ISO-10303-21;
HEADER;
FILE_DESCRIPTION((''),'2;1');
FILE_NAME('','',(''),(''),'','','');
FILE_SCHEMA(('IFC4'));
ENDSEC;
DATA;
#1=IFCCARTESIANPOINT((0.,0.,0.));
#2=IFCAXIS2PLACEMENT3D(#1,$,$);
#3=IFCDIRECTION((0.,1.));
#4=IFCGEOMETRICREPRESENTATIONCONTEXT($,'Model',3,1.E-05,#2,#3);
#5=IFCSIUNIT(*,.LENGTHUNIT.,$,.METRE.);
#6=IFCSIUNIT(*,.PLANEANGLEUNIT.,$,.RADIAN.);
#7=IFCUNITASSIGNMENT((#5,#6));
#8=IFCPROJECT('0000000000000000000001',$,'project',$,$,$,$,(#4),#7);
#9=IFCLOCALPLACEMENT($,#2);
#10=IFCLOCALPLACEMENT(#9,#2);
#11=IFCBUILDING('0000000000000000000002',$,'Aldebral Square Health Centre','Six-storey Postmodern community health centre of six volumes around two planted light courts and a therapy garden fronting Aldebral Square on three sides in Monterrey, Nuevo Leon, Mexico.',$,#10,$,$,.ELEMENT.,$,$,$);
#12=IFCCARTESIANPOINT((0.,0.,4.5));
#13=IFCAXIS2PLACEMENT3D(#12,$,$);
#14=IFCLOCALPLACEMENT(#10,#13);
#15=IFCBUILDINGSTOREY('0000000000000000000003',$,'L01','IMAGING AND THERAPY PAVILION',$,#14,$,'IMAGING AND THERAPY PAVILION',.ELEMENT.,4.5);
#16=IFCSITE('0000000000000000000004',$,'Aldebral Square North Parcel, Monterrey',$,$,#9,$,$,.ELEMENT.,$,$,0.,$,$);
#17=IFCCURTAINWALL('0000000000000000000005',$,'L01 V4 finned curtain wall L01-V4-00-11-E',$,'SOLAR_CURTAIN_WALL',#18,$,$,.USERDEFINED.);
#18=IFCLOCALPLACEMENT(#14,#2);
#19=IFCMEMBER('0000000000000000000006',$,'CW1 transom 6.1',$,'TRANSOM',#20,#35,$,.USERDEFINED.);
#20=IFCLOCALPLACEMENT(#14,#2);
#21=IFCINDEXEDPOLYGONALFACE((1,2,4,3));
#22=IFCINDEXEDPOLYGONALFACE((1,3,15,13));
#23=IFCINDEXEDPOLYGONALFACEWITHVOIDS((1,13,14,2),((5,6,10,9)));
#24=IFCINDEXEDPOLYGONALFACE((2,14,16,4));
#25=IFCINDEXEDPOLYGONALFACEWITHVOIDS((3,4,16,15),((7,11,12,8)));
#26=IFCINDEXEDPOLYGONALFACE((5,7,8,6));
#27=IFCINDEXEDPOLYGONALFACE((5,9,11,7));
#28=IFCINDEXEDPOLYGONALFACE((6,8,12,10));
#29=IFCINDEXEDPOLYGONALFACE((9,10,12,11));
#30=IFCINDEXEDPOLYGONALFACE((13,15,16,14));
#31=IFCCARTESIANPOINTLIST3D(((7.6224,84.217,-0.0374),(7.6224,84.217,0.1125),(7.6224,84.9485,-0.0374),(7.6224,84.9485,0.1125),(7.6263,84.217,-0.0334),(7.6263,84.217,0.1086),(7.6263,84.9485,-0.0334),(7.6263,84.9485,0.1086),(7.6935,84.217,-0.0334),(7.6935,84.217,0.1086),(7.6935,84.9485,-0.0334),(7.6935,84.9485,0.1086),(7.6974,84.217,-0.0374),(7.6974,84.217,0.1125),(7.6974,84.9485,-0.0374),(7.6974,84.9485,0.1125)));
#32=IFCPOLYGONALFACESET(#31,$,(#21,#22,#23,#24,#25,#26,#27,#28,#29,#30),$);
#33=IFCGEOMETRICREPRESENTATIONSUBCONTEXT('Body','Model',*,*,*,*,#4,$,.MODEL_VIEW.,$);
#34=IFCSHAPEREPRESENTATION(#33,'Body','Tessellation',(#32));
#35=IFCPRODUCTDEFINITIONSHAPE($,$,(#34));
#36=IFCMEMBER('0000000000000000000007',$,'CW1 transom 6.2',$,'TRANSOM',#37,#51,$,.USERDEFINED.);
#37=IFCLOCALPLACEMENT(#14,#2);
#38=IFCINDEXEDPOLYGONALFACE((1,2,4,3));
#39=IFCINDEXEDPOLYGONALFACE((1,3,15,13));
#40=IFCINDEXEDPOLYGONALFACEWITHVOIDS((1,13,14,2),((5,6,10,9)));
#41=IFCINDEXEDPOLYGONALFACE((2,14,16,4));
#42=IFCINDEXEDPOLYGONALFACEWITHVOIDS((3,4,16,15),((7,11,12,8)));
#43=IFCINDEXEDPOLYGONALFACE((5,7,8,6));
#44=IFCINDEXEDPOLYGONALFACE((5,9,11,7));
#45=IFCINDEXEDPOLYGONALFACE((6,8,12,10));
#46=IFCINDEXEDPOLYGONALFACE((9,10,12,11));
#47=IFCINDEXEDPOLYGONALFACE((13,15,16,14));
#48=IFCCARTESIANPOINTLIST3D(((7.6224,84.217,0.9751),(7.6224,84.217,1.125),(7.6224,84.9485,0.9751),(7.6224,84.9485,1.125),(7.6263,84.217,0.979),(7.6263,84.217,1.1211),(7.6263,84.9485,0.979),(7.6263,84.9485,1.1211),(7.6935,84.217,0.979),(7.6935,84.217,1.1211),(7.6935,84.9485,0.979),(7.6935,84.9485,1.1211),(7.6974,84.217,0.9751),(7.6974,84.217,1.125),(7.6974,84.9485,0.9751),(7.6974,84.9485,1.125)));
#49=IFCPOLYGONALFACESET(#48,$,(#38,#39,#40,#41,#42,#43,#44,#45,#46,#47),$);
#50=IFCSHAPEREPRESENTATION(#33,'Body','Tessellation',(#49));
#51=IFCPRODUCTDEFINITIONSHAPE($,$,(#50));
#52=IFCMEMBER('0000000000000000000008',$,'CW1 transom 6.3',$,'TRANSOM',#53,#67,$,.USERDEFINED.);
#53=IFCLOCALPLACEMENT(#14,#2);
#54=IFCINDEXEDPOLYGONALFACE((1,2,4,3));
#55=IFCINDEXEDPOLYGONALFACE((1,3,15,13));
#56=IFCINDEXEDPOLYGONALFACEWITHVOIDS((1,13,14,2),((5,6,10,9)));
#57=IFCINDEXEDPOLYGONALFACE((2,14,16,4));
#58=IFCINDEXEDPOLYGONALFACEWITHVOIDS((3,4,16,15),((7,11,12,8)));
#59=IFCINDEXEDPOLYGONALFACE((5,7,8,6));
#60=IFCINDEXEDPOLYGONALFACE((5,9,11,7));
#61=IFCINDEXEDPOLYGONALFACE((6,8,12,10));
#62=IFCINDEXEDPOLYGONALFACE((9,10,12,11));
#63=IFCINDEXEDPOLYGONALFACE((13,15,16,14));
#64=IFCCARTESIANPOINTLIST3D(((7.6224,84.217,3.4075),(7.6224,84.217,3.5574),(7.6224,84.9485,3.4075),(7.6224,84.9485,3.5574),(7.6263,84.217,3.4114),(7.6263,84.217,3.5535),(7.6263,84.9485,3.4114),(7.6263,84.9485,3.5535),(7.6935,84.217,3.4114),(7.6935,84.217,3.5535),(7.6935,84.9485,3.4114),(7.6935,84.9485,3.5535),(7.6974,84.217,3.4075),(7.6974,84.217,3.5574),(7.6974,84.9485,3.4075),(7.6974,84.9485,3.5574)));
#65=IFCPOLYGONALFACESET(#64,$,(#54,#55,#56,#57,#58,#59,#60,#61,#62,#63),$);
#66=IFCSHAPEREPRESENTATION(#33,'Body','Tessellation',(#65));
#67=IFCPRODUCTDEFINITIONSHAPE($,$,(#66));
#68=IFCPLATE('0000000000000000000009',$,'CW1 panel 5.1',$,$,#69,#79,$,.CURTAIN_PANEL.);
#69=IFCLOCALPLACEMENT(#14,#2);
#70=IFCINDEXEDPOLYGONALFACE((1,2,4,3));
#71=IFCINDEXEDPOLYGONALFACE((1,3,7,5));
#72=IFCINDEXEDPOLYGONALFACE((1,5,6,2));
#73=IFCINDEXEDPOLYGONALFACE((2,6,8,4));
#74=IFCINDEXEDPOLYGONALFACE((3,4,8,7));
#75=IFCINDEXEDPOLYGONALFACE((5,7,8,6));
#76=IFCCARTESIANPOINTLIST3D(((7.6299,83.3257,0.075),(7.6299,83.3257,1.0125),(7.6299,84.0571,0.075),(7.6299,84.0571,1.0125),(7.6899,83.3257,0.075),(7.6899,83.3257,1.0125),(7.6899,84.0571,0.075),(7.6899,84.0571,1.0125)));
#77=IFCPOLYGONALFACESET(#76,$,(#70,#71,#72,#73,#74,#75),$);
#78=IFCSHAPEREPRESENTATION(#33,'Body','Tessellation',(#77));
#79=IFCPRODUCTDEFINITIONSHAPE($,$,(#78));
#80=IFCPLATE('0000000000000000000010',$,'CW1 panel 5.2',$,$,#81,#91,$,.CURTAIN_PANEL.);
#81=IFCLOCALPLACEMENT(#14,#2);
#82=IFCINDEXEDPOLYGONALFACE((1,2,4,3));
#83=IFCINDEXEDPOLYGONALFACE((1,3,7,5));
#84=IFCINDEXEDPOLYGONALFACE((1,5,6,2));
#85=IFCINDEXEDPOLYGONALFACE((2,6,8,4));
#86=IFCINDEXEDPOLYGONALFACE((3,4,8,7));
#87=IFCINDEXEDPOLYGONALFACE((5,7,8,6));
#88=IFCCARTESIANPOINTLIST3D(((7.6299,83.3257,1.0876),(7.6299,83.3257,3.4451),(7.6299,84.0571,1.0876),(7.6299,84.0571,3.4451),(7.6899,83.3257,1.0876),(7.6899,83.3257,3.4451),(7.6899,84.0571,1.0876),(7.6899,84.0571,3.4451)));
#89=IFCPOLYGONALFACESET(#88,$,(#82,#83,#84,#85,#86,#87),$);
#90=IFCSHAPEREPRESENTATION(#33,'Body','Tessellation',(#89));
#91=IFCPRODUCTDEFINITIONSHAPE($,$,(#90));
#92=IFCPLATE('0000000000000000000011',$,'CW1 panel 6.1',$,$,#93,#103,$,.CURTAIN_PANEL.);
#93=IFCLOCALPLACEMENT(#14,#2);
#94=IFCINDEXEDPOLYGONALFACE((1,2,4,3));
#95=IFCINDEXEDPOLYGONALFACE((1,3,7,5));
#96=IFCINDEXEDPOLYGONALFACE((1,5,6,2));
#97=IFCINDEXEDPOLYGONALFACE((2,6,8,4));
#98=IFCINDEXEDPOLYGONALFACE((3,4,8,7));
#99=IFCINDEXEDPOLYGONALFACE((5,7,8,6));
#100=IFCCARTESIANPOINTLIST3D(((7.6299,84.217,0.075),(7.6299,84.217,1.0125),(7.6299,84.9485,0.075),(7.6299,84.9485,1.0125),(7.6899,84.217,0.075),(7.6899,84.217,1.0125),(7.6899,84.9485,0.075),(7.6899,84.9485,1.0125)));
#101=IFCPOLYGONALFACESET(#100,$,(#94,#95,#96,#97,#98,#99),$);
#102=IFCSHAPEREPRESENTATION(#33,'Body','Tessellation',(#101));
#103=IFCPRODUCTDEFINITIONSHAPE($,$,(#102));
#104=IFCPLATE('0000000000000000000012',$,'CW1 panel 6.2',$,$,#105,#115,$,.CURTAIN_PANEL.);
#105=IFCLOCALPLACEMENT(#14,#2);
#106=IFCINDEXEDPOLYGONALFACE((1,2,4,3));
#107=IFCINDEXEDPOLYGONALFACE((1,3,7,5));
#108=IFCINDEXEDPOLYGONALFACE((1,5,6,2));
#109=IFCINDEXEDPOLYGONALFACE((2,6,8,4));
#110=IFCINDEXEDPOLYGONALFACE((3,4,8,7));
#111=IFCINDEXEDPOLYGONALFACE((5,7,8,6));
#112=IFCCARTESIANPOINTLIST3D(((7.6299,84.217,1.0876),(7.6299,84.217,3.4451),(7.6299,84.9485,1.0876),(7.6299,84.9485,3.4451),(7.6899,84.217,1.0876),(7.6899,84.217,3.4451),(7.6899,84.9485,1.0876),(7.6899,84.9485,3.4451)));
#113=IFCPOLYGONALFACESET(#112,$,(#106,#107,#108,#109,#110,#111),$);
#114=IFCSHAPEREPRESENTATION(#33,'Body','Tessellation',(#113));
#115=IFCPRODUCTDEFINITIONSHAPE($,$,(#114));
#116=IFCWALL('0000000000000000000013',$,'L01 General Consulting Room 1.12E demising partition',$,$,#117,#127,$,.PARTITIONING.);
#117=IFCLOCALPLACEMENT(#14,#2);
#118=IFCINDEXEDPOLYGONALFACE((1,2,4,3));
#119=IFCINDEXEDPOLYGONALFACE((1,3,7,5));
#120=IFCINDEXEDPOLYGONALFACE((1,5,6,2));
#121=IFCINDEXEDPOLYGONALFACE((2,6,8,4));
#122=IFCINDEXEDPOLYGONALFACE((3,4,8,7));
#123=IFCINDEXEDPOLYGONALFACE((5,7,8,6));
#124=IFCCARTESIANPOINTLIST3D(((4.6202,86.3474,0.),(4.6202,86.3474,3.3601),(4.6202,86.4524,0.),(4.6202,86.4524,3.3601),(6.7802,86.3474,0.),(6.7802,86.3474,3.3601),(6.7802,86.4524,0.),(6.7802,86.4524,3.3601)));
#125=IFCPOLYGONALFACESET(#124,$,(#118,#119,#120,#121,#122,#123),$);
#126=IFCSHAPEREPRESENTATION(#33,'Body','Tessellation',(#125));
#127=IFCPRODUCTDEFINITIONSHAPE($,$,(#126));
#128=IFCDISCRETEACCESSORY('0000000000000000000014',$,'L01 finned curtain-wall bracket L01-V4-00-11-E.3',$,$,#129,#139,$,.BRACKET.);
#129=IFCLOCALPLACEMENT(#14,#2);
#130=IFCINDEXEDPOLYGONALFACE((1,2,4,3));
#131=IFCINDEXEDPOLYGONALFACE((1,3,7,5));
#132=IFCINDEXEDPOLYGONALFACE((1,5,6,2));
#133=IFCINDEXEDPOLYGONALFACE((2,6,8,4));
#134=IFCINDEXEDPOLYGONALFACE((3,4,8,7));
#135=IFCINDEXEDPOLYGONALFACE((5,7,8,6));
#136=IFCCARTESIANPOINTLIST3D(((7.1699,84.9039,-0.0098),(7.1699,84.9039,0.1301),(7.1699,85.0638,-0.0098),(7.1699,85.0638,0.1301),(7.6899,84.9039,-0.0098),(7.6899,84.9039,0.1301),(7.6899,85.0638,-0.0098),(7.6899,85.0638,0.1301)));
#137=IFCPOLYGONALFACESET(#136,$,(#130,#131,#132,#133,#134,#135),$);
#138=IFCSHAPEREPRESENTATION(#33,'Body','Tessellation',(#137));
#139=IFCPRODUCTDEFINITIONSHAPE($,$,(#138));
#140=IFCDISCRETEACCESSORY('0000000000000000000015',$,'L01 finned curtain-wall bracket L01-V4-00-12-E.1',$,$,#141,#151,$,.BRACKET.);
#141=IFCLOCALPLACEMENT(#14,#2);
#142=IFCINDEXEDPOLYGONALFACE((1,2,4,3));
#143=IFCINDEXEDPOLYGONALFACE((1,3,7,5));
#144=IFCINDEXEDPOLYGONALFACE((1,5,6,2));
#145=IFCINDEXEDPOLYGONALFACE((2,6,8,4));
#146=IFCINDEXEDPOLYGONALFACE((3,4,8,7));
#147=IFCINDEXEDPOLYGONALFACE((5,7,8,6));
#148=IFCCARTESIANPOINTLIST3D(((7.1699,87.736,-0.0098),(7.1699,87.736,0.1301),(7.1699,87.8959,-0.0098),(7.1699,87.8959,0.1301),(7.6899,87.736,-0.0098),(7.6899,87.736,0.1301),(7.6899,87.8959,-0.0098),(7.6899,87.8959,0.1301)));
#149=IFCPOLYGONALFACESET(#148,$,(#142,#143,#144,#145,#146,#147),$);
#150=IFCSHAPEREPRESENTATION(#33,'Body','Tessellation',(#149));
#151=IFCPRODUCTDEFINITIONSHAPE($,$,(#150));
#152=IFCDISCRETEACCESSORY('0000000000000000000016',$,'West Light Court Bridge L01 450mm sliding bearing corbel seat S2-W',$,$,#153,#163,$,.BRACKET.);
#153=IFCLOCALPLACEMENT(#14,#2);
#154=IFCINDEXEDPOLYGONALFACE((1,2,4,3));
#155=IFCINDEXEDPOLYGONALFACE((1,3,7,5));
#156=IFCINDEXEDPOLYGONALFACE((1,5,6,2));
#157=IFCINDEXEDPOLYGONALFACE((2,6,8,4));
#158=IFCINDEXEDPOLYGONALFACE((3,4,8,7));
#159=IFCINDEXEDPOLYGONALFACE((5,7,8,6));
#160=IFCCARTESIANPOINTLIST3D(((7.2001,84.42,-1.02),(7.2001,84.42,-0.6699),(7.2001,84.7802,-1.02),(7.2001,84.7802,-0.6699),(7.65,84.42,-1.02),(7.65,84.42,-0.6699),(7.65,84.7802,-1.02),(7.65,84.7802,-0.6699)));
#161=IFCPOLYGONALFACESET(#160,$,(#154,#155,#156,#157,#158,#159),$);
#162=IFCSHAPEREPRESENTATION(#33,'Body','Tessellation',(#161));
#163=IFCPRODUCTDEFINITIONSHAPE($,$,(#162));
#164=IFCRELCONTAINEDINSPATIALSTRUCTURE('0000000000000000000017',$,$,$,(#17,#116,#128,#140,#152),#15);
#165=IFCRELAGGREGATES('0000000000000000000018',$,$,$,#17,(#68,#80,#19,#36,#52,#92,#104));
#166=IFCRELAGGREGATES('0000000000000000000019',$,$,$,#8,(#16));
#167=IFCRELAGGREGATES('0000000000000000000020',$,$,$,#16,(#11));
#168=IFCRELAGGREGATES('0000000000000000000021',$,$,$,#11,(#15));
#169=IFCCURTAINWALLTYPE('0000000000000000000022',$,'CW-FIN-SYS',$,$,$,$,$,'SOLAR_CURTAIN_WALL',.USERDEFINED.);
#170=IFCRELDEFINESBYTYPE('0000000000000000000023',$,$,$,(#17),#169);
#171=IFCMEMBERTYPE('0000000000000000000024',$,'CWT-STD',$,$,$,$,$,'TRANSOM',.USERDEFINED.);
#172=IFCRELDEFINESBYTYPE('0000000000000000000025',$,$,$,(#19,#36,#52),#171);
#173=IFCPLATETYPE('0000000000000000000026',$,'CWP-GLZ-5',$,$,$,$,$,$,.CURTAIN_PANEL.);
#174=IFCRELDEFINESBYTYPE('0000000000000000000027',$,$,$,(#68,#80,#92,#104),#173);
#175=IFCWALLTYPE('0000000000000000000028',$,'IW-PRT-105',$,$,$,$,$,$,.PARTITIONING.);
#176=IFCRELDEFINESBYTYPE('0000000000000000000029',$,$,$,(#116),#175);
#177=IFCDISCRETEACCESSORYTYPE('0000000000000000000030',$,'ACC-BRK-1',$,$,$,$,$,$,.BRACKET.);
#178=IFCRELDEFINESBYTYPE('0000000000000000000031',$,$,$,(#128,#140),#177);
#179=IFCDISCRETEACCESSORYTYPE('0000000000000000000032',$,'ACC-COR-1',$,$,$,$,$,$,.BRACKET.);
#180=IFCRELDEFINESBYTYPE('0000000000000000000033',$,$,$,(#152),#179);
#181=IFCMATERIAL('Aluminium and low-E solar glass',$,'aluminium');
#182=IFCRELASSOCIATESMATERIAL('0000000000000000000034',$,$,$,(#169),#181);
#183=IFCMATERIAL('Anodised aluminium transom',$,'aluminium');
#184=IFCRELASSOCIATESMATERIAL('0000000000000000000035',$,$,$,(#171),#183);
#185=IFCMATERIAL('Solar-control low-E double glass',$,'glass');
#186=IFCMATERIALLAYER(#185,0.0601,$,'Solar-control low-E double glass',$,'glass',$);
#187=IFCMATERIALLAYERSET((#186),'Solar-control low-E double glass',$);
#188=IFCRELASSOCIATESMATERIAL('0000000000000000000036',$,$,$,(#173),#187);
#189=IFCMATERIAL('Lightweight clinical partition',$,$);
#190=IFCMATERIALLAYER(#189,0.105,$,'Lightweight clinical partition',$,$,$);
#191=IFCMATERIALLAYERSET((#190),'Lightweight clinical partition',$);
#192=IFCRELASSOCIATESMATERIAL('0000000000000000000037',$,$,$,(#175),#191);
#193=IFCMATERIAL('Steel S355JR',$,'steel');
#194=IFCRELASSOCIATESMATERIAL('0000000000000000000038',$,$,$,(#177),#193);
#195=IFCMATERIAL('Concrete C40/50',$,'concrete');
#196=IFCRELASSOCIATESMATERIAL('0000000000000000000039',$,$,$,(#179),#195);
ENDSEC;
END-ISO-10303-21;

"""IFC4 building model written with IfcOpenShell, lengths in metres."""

from ifc_helpers import new_model, si_unit, direction, frame, frame_2d, origin, origin_2d, place, context, subcontext, project, spatial, rectangle, hollow_rectangle, extrude, material, layer, layer_set, material_profile, profile_set, type_object, element, aggregate, save


model = new_model("IFC4")

# Units and contexts
model_context = context("Model", 3, precision=1e-05, world=origin(), true_north=direction((0.0, 1.0)))
body_context = subcontext(model_context, "Body", "Model", "MODEL_VIEW")
ifc_project = project(units=[si_unit("LENGTHUNIT", "METRE"), si_unit("PLANEANGLEUNIT", "RADIAN")], contexts=[model_context])

# Site, building, storey
site_placement = place(None, origin())
site = spatial("IfcSite", under=ifc_project, at=site_placement, Name="Aldebral Square North Parcel, Monterrey", CompositionType="ELEMENT", RefElevation=0.0)
building_placement = place(site_placement, origin())
building = spatial("IfcBuilding", under=site, at=building_placement, Name="Aldebral Square Health Centre", Description="Six-storey Postmodern community health centre of six volumes around two planted light courts and a therapy garden fronting Aldebral Square on three sides in Monterrey, Nuevo Leon, Mexico.", CompositionType="ELEMENT")
storey_placement = place(building_placement, frame((0.0, 0.0, 4.5)))
storey = spatial("IfcBuildingStorey", under=building, at=storey_placement, Name="L01", Description="IMAGING AND THERAPY PAVILION", LongName="IMAGING AND THERAPY PAVILION", CompositionType="ELEMENT", Elevation=4.5)

# Shared definitions
ifc_material_1 = material(Name="Concrete C40/50", Category="concrete")

# Shared definitions
ifc_material_2 = material(Name="Steel S355JR", Category="steel")

# Curtain wall, members, plates
ifc_material_3 = material(Name="Aluminium and low-E solar glass", Category="aluminium")
curtain_wall_type = type_object("IfcCurtainWallType", Name="CW-FIN-SYS", ElementType="SOLAR_CURTAIN_WALL", PredefinedType="USERDEFINED", material=ifc_material_3)
curtain_wall_placement = place(storey_placement, origin())
curtain_wall = element("IfcCurtainWall", 1, at=curtain_wall_placement, inside=storey, type_object=curtain_wall_type, Name="L01 V4 finned curtain wall L01-V4-00-11-E", ObjectType="SOLAR_CURTAIN_WALL", PredefinedType="USERDEFINED")
ifc_material_4 = material(Name="Anodised aluminium transom", Category="aluminium")
ifc_material_profile_1 = material_profile(ifc_material_4, hollow_rectangle(XDim=0.075, YDim=0.1499, WallThickness=0.0039, at=origin_2d()), Name="CWT 75x150x4")
ifc_profile_set_1 = profile_set([ifc_material_profile_1], Name="Anodised aluminium transom")
member_type_1 = type_object("IfcMemberType", Name="CWT-STD", ElementType="TRANSOM", PredefinedType="USERDEFINED", material=ifc_profile_set_1)
member_1_placement = place(storey_placement, frame((7.6599, 84.217, 0.0376), z_axis=(0.0, 1.0, 0.0), x_axis=(-1.0, 0.0, 0.0)))
member_1 = element("IfcMember", 2, at=member_1_placement, type_object=member_type_1, Name="CW1 transom 6.1", ObjectType="TRANSOM", PredefinedType="USERDEFINED", context=body_context, shape_type="SweptSolid", body=[
    extrude(hollow_rectangle(XDim=0.075, YDim=0.1499, WallThickness=0.0039, at=origin_2d()), origin(), (0.0, 0.0, 1.0), 0.7314),
])
member_2_placement = place(storey_placement, frame((7.6599, 84.217, 1.05), z_axis=(0.0, 1.0, 0.0), x_axis=(-1.0, 0.0, 0.0)))
member_2 = element("IfcMember", 3, at=member_2_placement, type_object=member_type_1, Name="CW1 transom 6.2", ObjectType="TRANSOM", PredefinedType="USERDEFINED", context=body_context, shape_type="SweptSolid", body=[
    extrude(hollow_rectangle(XDim=0.075, YDim=0.1499, WallThickness=0.0039, at=origin_2d()), origin(), (0.0, 0.0, 1.0), 0.7314),
])
member_3_placement = place(storey_placement, frame((7.6599, 84.217, 3.4824), z_axis=(0.0, 1.0, 0.0), x_axis=(-1.0, 0.0, 0.0)))
member_3 = element("IfcMember", 4, at=member_3_placement, type_object=member_type_1, Name="CW1 transom 6.3", ObjectType="TRANSOM", PredefinedType="USERDEFINED", context=body_context, shape_type="SweptSolid", body=[
    extrude(hollow_rectangle(XDim=0.075, YDim=0.1499, WallThickness=0.0039, at=origin_2d()), origin(), (0.0, 0.0, 1.0), 0.7314),
])
ifc_material_5 = material(Name="Solar-control low-E double glass", Category="glass")
ifc_layer_1 = layer(ifc_material_5, 0.0601, Name="Solar-control low-E double glass", Category="glass")
ifc_layer_set_1 = layer_set([ifc_layer_1], Name="Solar-control low-E double glass")
plate_type = type_object("IfcPlateType", Name="CWP-GLZ-5", PredefinedType="CURTAIN_PANEL", material=ifc_layer_set_1)
plate_1_placement = place(storey_placement, frame((7.6599, 83.6914, 0.075), z_axis=(0.0, 0.0, 1.0), x_axis=(0.0, 1.0, 0.0)))
plate_1 = element("IfcPlate", 5, at=plate_1_placement, type_object=plate_type, Name="CW1 panel 5.1", PredefinedType="CURTAIN_PANEL", context=body_context, shape_type="SweptSolid", body=[
    extrude(rectangle(XDim=0.7314, YDim=0.0601, at=origin_2d()), origin(), (0.0, 0.0, 1.0), 0.9375),
])
plate_2_placement = place(storey_placement, frame((7.6599, 83.6914, 1.0876), z_axis=(0.0, 0.0, 1.0), x_axis=(0.0, 1.0, 0.0)))
plate_2 = element("IfcPlate", 6, at=plate_2_placement, type_object=plate_type, Name="CW1 panel 5.2", PredefinedType="CURTAIN_PANEL", context=body_context, shape_type="SweptSolid", body=[
    extrude(rectangle(XDim=0.7314, YDim=0.0601, at=origin_2d()), origin(), (0.0, 0.0, 1.0), 2.3574),
])
plate_3_placement = place(storey_placement, frame((7.6599, 84.5828, 0.075), z_axis=(0.0, 0.0, 1.0), x_axis=(0.0, 1.0, 0.0)))
plate_3 = element("IfcPlate", 7, at=plate_3_placement, type_object=plate_type, Name="CW1 panel 6.1", PredefinedType="CURTAIN_PANEL", context=body_context, shape_type="SweptSolid", body=[
    extrude(rectangle(XDim=0.7314, YDim=0.0601, at=origin_2d()), origin(), (0.0, 0.0, 1.0), 0.9375),
])
plate_4_placement = place(storey_placement, frame((7.6599, 84.5828, 1.0876), z_axis=(0.0, 0.0, 1.0), x_axis=(0.0, 1.0, 0.0)))
plate_4 = element("IfcPlate", 8, at=plate_4_placement, type_object=plate_type, Name="CW1 panel 6.2", PredefinedType="CURTAIN_PANEL", context=body_context, shape_type="SweptSolid", body=[
    extrude(rectangle(XDim=0.7314, YDim=0.0601, at=origin_2d()), origin(), (0.0, 0.0, 1.0), 2.3574),
])
aggregate(curtain_wall, [plate_1, plate_2, member_1, member_2, member_3, plate_3, plate_4])

# Wall
ifc_material_6 = material(Name="Lightweight clinical partition")
ifc_layer_2 = layer(ifc_material_6, 0.105, Name="Lightweight clinical partition")
ifc_layer_set_2 = layer_set([ifc_layer_2], Name="Lightweight clinical partition")
wall_type = type_object("IfcWallType", Name="IW-PRT-105", PredefinedType="PARTITIONING", material=ifc_layer_set_2)
wall_placement = place(storey_placement, frame((4.6201, 86.3999, 0.0), z_axis=(0.0, 0.0, 1.0), x_axis=(1.0, 0.0, 0.0)))
element("IfcWall", 9, at=wall_placement, inside=storey, type_object=wall_type, Name="L01 General Consulting Room 1.12E demising partition", PredefinedType="PARTITIONING", context=body_context, shape_type="SweptSolid", body=[
    extrude(rectangle(XDim=2.1599, YDim=0.105, at=frame_2d((1.0801, 0.0))), origin(), (0.0, 0.0, 1.0), 3.3601),
])

# Discrete accessories
discrete_accessory_type_1 = type_object("IfcDiscreteAccessoryType", Name="ACC-BRK-1", PredefinedType="BRACKET", material=ifc_material_2)
for number, where, z_axis, x_axis, name in (
    (10, (7.4299, 84.9839, -0.0098), (0.0, 0.0, 1.0), (0.0, 1.0, 0.0), "L01 finned curtain-wall bracket L01-V4-00-11-E.3"),
    (11, (7.4299, 87.8159, -0.0098), (0.0, 0.0, 1.0), (0.0, 1.0, 0.0), "L01 finned curtain-wall bracket L01-V4-00-12-E.1"),
):
    element("IfcDiscreteAccessory", number, at=place(storey_placement, frame(where, z_axis=z_axis, x_axis=x_axis)), inside=storey, type_object=discrete_accessory_type_1, Name=name, PredefinedType="BRACKET", context=body_context, shape_type="SweptSolid", body=[
        extrude(rectangle(XDim=0.1599, YDim=0.52, at=origin_2d()), origin(), (0.0, 0.0, 1.0), 0.1399),
    ])
discrete_accessory_type_2 = type_object("IfcDiscreteAccessoryType", Name="ACC-COR-1", PredefinedType="BRACKET", material=ifc_material_1)
discrete_accessory_placement = place(storey_placement, frame((7.425, 84.6001, -1.02), z_axis=(0.0, 0.0, 1.0), x_axis=(1.0, 0.0, 0.0)))
element("IfcDiscreteAccessory", 12, at=discrete_accessory_placement, inside=storey, type_object=discrete_accessory_type_2, Name="West Light Court Bridge L01 450mm sliding bearing corbel seat S2-W", PredefinedType="BRACKET", context=body_context, shape_type="SweptSolid", body=[
    extrude(rectangle(XDim=0.45, YDim=0.3601, at=origin_2d()), origin(), (0.0, 0.0, 1.0), 0.3501),
])

save(model, "model.ifc")
